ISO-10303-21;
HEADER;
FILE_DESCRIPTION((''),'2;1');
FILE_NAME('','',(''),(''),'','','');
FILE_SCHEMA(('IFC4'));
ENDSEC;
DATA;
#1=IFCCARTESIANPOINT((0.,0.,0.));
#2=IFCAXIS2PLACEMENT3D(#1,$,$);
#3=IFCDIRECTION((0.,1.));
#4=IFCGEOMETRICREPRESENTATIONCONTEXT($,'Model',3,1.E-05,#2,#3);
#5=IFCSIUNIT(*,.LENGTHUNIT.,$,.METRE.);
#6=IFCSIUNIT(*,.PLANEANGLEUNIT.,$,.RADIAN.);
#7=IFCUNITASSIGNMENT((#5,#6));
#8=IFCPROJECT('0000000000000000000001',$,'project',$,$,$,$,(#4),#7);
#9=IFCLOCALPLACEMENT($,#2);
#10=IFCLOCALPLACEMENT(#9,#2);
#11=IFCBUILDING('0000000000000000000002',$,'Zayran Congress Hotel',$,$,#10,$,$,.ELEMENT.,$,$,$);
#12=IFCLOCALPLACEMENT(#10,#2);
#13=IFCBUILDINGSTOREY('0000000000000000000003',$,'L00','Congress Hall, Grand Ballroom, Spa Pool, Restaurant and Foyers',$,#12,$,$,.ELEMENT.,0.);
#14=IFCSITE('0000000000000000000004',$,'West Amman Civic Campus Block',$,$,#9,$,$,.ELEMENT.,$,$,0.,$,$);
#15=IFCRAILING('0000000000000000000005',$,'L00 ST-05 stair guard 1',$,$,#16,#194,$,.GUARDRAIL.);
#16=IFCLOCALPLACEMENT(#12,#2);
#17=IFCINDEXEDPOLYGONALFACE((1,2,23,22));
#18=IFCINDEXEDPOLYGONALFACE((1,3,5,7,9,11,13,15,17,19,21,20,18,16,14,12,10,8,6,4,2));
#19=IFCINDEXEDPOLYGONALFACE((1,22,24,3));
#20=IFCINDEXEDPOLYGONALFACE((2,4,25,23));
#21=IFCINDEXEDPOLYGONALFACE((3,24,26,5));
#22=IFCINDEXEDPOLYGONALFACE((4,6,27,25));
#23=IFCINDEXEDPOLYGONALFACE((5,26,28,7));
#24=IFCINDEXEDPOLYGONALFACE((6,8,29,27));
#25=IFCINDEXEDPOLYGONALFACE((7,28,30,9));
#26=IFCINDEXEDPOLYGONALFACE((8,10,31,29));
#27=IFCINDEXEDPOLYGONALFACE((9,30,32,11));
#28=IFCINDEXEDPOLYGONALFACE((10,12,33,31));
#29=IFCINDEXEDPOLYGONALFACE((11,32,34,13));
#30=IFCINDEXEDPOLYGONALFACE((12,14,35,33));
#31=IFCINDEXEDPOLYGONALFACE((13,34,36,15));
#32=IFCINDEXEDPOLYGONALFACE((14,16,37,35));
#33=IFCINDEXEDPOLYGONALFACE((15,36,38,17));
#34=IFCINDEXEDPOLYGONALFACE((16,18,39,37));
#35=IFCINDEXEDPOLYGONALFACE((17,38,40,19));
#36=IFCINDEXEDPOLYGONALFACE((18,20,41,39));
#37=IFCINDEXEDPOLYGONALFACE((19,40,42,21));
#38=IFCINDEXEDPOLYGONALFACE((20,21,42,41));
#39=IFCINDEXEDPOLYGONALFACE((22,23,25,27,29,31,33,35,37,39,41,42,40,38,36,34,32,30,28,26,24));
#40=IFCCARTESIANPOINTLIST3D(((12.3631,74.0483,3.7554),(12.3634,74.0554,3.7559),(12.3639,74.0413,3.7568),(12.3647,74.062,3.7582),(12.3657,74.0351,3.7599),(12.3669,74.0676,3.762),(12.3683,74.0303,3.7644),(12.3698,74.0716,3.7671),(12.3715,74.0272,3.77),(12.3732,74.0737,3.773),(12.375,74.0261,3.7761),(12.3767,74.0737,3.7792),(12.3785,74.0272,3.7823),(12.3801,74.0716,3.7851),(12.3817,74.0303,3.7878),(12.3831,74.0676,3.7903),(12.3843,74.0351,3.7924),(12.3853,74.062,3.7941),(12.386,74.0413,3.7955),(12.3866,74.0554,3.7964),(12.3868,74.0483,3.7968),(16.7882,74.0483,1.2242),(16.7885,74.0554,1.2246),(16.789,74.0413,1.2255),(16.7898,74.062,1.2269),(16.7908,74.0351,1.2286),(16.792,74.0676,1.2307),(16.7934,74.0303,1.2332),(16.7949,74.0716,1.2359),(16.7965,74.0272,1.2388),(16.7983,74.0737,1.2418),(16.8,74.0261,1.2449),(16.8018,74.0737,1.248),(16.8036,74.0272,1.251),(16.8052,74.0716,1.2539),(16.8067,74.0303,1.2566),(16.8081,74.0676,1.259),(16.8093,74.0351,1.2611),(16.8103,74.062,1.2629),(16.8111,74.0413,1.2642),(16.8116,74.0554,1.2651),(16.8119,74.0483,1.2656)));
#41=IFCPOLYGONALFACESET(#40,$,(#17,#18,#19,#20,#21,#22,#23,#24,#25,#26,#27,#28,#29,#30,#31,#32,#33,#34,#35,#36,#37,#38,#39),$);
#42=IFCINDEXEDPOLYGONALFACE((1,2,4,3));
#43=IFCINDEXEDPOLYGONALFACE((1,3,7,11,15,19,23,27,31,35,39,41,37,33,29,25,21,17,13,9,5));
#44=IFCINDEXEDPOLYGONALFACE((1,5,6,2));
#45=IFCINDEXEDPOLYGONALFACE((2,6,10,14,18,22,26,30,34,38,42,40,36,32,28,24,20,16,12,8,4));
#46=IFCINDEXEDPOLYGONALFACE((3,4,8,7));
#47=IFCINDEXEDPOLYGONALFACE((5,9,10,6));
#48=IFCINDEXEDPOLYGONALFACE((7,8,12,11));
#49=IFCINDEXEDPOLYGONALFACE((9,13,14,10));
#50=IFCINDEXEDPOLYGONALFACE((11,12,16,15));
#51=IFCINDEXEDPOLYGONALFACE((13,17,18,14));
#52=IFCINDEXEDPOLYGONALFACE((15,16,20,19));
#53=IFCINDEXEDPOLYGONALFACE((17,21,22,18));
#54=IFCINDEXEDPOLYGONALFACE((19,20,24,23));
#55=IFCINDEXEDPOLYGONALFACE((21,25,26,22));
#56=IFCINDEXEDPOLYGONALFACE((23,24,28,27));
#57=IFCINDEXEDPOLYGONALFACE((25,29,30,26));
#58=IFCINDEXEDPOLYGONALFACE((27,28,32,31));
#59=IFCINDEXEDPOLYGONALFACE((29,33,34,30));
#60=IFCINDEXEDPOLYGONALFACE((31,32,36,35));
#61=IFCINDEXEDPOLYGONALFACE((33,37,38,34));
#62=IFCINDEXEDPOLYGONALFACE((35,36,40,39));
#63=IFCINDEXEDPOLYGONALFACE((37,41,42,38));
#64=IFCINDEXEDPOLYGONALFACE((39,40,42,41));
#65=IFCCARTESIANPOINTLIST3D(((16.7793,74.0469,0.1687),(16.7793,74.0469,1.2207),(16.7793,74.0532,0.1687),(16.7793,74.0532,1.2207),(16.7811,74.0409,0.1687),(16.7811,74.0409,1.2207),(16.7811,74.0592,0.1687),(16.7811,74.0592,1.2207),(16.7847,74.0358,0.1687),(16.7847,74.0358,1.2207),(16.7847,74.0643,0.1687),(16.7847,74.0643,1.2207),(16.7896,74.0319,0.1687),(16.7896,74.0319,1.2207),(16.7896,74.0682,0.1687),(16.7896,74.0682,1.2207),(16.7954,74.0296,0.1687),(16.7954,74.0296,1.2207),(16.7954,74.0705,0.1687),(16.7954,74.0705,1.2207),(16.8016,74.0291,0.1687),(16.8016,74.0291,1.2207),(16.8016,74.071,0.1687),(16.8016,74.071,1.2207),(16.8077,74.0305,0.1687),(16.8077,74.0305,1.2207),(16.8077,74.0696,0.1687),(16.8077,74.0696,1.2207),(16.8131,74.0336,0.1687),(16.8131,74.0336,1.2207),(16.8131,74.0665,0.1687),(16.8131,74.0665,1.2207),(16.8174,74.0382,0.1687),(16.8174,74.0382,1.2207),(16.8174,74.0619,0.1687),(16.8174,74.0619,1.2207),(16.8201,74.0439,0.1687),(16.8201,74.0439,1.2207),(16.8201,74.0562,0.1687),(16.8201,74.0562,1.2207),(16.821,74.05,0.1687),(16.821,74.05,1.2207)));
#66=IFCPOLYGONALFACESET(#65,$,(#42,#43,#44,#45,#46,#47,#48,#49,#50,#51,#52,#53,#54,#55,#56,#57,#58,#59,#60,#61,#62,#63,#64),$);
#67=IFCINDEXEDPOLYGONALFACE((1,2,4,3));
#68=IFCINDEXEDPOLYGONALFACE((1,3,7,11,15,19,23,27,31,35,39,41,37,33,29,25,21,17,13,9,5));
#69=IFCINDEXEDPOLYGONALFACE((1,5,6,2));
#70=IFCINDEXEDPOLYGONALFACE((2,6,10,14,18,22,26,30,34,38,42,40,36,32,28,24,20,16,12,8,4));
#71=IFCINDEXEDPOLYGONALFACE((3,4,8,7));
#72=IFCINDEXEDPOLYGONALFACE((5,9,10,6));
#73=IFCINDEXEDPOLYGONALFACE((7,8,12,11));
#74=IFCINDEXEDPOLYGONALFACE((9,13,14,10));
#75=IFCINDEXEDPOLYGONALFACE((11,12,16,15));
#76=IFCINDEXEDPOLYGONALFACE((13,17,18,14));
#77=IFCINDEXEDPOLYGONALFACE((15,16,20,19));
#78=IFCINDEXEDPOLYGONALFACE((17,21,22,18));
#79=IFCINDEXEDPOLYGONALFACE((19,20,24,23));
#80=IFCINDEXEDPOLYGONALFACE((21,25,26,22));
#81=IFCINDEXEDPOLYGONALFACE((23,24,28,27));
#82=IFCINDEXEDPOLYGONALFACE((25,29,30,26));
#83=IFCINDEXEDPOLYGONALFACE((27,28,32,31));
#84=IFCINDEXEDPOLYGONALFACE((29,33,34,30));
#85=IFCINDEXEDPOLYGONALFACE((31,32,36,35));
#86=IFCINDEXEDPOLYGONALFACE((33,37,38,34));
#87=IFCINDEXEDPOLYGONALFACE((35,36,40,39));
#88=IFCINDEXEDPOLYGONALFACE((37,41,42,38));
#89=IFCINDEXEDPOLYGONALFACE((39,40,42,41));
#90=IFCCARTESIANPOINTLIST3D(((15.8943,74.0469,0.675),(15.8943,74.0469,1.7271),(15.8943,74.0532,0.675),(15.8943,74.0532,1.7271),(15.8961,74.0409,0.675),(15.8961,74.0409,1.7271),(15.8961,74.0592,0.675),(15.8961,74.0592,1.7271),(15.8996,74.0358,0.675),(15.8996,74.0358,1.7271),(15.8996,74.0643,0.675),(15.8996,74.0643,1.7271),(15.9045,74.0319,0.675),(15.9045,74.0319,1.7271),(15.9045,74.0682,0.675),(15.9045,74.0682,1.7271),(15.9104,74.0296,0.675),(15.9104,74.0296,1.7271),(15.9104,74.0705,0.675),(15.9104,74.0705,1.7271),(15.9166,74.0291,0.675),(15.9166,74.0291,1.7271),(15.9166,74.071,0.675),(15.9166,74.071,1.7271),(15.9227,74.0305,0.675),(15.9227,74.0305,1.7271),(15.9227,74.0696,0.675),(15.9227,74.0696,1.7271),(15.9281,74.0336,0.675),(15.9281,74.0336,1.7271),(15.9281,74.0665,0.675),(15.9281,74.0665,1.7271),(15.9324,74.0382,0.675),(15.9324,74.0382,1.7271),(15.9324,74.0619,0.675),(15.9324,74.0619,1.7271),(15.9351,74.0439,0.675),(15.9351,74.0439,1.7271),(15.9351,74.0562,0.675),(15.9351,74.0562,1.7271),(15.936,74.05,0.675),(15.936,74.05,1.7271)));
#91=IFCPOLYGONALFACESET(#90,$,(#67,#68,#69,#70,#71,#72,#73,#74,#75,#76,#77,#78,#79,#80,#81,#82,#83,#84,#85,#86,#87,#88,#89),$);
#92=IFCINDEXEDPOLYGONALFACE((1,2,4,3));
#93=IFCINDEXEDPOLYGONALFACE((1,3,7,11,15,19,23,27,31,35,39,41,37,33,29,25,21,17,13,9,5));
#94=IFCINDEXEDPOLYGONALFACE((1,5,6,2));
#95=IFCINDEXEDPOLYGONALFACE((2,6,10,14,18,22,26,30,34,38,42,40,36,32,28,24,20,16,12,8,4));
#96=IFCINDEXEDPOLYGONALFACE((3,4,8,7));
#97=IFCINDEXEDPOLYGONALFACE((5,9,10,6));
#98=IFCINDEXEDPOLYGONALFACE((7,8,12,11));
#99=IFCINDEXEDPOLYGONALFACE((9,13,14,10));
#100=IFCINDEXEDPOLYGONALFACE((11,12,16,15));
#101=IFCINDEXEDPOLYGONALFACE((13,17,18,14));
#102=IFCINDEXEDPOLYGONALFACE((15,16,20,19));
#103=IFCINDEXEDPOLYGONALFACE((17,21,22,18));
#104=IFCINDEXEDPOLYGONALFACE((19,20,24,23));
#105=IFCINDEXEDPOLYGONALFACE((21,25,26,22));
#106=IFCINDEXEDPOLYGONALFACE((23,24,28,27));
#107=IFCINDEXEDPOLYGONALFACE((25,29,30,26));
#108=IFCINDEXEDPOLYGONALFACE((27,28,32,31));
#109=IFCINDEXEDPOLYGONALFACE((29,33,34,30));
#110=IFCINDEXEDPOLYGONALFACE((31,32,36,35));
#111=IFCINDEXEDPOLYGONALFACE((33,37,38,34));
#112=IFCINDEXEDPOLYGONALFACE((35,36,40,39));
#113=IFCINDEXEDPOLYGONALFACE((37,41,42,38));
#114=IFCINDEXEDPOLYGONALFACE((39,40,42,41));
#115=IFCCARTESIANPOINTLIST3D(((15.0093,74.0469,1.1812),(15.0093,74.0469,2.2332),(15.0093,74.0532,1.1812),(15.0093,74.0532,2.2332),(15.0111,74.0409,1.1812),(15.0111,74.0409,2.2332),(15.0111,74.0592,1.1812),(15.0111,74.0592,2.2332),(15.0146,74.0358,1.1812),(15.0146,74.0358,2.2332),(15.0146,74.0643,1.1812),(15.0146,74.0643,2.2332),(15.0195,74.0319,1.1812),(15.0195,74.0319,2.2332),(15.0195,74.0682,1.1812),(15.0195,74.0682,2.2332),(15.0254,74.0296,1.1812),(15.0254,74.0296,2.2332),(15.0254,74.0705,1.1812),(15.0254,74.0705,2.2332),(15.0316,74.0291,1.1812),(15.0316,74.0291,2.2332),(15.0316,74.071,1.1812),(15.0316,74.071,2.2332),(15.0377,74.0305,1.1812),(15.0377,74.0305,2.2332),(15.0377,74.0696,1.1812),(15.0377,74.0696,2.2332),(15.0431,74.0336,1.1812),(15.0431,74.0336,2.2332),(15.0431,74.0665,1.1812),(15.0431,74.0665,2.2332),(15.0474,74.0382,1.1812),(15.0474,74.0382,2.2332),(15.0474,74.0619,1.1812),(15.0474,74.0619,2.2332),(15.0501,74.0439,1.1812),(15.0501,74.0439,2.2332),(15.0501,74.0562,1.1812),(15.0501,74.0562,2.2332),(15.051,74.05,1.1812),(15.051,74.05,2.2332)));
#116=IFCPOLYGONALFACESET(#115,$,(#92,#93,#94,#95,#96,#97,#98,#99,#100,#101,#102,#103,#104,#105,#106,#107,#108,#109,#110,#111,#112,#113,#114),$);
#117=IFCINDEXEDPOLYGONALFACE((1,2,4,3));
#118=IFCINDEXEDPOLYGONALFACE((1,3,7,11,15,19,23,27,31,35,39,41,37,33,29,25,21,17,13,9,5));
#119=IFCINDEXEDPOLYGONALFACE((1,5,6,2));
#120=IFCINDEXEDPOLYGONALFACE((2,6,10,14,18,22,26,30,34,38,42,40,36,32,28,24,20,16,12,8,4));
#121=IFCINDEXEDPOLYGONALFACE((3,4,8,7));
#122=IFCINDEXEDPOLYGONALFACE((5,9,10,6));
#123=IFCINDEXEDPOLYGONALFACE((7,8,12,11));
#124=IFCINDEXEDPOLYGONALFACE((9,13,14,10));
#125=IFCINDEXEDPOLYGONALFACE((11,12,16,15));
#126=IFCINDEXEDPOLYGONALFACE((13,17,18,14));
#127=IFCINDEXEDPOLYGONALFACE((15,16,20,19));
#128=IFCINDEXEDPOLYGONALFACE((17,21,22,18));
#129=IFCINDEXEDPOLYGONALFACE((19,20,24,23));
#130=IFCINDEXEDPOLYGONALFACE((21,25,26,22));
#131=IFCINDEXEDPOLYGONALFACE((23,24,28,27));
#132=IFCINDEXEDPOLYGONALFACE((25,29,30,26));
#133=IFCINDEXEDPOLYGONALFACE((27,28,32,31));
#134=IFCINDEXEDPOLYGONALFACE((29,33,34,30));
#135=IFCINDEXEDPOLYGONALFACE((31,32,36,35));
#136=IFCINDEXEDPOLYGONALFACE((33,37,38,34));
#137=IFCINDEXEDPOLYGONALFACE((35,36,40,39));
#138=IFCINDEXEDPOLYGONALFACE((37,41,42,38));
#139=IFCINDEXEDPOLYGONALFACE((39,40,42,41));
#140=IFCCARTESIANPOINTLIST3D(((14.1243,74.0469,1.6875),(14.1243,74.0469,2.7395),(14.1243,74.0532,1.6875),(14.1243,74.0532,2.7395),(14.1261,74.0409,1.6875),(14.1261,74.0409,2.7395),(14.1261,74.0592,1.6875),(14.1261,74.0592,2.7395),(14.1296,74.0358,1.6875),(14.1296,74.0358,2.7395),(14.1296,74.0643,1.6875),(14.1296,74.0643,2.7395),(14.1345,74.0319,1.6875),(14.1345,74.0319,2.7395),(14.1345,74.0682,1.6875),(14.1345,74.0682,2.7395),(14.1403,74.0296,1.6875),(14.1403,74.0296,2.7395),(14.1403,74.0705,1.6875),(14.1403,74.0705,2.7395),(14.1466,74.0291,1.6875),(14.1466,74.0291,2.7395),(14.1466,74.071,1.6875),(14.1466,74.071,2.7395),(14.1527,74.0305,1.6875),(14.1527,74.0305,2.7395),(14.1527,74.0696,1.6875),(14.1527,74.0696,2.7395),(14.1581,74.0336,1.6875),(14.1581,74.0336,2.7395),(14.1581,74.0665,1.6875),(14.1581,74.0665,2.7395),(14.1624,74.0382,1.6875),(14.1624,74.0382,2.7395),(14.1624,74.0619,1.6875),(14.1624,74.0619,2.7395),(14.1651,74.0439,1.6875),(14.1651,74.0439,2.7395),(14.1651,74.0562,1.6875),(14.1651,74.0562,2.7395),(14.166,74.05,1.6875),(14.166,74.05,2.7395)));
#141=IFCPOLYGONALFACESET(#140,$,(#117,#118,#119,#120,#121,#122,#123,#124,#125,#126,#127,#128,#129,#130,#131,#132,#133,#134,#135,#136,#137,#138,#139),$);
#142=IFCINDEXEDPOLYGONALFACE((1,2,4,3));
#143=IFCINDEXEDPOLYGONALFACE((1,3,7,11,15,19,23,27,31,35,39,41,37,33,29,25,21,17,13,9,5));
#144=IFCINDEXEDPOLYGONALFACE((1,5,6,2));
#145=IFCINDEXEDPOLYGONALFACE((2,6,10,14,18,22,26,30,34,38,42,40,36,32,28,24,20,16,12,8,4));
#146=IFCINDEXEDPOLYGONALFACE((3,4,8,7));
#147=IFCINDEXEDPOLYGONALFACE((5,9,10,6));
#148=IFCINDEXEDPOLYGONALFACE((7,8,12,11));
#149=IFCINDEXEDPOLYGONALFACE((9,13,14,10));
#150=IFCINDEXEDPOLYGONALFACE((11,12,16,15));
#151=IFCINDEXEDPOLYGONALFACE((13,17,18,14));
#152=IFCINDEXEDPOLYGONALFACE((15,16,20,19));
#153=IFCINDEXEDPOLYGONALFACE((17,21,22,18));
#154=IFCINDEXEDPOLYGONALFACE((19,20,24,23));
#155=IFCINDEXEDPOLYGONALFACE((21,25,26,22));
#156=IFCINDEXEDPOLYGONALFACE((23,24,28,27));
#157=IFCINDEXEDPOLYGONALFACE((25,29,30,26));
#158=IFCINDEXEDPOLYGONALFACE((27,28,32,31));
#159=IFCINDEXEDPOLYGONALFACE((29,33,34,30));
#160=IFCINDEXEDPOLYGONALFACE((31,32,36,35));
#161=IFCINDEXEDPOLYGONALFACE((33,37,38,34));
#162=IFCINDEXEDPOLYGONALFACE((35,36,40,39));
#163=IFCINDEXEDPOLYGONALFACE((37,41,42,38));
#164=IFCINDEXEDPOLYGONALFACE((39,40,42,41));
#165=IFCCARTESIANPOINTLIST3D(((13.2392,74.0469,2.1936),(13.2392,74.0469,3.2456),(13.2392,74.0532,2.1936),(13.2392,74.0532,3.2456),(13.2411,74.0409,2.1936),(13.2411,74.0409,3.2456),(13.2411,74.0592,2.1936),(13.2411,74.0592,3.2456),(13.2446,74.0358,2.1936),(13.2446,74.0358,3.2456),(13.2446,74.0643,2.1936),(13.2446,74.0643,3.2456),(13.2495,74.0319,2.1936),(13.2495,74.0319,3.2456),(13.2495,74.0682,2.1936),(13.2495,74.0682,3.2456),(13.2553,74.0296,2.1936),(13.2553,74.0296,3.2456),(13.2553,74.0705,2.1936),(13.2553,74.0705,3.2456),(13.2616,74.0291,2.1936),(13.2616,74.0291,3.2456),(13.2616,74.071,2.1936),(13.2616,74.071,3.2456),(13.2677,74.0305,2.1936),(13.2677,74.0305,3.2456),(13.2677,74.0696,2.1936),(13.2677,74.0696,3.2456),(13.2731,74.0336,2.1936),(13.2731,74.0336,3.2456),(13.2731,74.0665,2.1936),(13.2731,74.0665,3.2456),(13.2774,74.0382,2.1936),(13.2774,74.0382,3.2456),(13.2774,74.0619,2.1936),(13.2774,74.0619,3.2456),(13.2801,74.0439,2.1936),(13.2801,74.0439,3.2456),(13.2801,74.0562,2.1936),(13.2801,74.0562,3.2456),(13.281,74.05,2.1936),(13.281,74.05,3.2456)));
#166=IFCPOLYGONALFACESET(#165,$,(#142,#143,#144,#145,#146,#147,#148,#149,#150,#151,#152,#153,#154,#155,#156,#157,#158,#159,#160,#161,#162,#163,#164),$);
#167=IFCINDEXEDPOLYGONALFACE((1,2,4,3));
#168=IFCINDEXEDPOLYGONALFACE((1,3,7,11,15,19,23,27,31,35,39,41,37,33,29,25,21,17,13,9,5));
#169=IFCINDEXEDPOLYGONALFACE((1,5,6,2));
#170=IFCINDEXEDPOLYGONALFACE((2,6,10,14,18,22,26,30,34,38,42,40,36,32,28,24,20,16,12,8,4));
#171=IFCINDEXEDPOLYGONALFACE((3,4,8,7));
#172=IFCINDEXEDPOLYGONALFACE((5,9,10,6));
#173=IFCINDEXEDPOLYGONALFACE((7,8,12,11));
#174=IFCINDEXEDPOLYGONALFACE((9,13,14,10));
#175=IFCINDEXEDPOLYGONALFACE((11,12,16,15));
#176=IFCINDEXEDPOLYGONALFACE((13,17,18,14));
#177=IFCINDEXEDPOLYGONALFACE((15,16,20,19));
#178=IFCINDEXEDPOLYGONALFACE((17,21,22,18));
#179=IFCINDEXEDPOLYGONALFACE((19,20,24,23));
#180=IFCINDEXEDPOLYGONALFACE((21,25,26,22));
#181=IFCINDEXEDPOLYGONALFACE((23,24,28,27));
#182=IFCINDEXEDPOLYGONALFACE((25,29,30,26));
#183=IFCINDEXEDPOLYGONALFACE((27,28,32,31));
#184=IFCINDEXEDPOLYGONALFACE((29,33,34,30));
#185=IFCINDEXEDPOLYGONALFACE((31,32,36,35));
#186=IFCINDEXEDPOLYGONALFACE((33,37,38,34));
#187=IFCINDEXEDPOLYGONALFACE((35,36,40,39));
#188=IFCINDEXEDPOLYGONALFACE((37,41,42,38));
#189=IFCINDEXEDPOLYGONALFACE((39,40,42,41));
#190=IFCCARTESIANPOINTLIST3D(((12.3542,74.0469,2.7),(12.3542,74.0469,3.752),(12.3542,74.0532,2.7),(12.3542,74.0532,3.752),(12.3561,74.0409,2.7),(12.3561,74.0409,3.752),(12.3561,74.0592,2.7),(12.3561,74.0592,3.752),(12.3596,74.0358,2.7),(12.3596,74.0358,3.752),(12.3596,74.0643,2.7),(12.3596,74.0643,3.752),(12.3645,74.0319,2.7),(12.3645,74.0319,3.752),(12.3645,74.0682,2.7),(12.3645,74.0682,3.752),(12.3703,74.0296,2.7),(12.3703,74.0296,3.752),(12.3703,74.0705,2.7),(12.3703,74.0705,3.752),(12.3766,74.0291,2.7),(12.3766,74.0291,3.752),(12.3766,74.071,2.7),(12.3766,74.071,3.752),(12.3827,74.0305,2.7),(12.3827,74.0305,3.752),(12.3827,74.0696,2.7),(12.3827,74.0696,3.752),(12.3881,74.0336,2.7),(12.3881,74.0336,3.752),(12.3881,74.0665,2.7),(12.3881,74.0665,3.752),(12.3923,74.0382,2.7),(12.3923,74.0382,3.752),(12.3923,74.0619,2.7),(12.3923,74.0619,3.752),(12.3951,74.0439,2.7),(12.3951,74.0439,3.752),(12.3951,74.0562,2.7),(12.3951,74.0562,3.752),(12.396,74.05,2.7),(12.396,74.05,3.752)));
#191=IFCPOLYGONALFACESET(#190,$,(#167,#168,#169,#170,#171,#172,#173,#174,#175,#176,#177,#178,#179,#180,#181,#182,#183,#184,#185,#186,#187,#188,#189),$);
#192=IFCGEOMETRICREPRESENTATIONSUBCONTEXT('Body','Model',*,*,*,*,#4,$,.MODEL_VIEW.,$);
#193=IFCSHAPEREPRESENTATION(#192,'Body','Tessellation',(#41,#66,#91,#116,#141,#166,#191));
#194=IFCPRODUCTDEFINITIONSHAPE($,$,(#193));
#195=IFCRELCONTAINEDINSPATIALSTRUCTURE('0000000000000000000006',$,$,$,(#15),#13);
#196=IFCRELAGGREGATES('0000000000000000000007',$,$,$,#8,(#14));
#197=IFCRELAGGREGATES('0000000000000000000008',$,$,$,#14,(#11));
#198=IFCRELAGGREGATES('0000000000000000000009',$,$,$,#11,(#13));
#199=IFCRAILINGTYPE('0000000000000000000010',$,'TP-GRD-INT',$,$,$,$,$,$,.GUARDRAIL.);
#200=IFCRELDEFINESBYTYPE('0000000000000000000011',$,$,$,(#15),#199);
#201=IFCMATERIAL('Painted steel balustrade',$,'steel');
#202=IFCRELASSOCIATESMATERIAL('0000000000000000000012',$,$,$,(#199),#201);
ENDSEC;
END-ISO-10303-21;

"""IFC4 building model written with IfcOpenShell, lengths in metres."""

from ifc_helpers import new_model, si_unit, direction, frame, origin, origin_2d, place, context, subcontext, project, spatial, circle, extrude, material, type_object, element, save


model = new_model("IFC4")

# Units and contexts
model_context = context("Model", 3, precision=1e-05, world=origin(), true_north=direction((0.0, 1.0)))
body_context = subcontext(model_context, "Body", "Model", "MODEL_VIEW")
ifc_project = project(units=[si_unit("LENGTHUNIT", "METRE"), si_unit("PLANEANGLEUNIT", "RADIAN")], contexts=[model_context])

# Site, building, storey
site_placement = place(None, origin())
site = spatial("IfcSite", under=ifc_project, at=site_placement, Name="West Amman Civic Campus Block", CompositionType="ELEMENT", RefElevation=0.0)
building_placement = place(site_placement, origin())
building = spatial("IfcBuilding", under=site, at=building_placement, Name="Zayran Congress Hotel", CompositionType="ELEMENT")
storey_placement = place(building_placement, origin())
storey = spatial("IfcBuildingStorey", under=building, at=storey_placement, Name="L00", Description="Congress Hall, Grand Ballroom, Spa Pool, Restaurant and Foyers", CompositionType="ELEMENT", Elevation=0.0)

# Railing
ifc_material_1 = material(Name="Painted steel balustrade", Category="steel")
railing_type = type_object("IfcRailingType", Name="TP-GRD-INT", PredefinedType="GUARDRAIL", material=ifc_material_1)
railing_placement = place(storey_placement, frame((16.8, 74.05, 0.1687)))
element("IfcRailing", 1, at=railing_placement, inside=storey, type_object=railing_type, Name="L00 ST-05 stair guard 1", PredefinedType="GUARDRAIL", context=body_context, shape_type="SweptSolid", body=[
    extrude(circle(Radius=0.0239, at=origin_2d()), frame((0.0, 0.0, 1.0762), z_axis=(-0.868019, 0.0, 0.496531), x_axis=(0.0, -1.0, 0.0)), (0.0, 0.0, 1.0), 5.0979),
    extrude(circle(Radius=0.021, at=origin_2d()), origin(), (0.0, 0.0, 1.0), 1.052),
    extrude(circle(Radius=0.021, at=origin_2d()), frame((-0.885, 0.0, 0.5063)), (0.0, 0.0, 1.0), 1.052),
    extrude(circle(Radius=0.021, at=origin_2d()), frame((-1.77, 0.0, 1.0125)), (0.0, 0.0, 1.0), 1.052),
    extrude(circle(Radius=0.021, at=origin_2d()), frame((-2.655, 0.0, 1.5188)), (0.0, 0.0, 1.0), 1.052),
    extrude(circle(Radius=0.021, at=origin_2d()), frame((-3.54, 0.0, 2.0249)), (0.0, 0.0, 1.0), 1.052),
    extrude(circle(Radius=0.021, at=origin_2d()), frame((-4.425, 0.0, 2.5312)), (0.0, 0.0, 1.0), 1.052),
])

save(model, "model.ifc")
